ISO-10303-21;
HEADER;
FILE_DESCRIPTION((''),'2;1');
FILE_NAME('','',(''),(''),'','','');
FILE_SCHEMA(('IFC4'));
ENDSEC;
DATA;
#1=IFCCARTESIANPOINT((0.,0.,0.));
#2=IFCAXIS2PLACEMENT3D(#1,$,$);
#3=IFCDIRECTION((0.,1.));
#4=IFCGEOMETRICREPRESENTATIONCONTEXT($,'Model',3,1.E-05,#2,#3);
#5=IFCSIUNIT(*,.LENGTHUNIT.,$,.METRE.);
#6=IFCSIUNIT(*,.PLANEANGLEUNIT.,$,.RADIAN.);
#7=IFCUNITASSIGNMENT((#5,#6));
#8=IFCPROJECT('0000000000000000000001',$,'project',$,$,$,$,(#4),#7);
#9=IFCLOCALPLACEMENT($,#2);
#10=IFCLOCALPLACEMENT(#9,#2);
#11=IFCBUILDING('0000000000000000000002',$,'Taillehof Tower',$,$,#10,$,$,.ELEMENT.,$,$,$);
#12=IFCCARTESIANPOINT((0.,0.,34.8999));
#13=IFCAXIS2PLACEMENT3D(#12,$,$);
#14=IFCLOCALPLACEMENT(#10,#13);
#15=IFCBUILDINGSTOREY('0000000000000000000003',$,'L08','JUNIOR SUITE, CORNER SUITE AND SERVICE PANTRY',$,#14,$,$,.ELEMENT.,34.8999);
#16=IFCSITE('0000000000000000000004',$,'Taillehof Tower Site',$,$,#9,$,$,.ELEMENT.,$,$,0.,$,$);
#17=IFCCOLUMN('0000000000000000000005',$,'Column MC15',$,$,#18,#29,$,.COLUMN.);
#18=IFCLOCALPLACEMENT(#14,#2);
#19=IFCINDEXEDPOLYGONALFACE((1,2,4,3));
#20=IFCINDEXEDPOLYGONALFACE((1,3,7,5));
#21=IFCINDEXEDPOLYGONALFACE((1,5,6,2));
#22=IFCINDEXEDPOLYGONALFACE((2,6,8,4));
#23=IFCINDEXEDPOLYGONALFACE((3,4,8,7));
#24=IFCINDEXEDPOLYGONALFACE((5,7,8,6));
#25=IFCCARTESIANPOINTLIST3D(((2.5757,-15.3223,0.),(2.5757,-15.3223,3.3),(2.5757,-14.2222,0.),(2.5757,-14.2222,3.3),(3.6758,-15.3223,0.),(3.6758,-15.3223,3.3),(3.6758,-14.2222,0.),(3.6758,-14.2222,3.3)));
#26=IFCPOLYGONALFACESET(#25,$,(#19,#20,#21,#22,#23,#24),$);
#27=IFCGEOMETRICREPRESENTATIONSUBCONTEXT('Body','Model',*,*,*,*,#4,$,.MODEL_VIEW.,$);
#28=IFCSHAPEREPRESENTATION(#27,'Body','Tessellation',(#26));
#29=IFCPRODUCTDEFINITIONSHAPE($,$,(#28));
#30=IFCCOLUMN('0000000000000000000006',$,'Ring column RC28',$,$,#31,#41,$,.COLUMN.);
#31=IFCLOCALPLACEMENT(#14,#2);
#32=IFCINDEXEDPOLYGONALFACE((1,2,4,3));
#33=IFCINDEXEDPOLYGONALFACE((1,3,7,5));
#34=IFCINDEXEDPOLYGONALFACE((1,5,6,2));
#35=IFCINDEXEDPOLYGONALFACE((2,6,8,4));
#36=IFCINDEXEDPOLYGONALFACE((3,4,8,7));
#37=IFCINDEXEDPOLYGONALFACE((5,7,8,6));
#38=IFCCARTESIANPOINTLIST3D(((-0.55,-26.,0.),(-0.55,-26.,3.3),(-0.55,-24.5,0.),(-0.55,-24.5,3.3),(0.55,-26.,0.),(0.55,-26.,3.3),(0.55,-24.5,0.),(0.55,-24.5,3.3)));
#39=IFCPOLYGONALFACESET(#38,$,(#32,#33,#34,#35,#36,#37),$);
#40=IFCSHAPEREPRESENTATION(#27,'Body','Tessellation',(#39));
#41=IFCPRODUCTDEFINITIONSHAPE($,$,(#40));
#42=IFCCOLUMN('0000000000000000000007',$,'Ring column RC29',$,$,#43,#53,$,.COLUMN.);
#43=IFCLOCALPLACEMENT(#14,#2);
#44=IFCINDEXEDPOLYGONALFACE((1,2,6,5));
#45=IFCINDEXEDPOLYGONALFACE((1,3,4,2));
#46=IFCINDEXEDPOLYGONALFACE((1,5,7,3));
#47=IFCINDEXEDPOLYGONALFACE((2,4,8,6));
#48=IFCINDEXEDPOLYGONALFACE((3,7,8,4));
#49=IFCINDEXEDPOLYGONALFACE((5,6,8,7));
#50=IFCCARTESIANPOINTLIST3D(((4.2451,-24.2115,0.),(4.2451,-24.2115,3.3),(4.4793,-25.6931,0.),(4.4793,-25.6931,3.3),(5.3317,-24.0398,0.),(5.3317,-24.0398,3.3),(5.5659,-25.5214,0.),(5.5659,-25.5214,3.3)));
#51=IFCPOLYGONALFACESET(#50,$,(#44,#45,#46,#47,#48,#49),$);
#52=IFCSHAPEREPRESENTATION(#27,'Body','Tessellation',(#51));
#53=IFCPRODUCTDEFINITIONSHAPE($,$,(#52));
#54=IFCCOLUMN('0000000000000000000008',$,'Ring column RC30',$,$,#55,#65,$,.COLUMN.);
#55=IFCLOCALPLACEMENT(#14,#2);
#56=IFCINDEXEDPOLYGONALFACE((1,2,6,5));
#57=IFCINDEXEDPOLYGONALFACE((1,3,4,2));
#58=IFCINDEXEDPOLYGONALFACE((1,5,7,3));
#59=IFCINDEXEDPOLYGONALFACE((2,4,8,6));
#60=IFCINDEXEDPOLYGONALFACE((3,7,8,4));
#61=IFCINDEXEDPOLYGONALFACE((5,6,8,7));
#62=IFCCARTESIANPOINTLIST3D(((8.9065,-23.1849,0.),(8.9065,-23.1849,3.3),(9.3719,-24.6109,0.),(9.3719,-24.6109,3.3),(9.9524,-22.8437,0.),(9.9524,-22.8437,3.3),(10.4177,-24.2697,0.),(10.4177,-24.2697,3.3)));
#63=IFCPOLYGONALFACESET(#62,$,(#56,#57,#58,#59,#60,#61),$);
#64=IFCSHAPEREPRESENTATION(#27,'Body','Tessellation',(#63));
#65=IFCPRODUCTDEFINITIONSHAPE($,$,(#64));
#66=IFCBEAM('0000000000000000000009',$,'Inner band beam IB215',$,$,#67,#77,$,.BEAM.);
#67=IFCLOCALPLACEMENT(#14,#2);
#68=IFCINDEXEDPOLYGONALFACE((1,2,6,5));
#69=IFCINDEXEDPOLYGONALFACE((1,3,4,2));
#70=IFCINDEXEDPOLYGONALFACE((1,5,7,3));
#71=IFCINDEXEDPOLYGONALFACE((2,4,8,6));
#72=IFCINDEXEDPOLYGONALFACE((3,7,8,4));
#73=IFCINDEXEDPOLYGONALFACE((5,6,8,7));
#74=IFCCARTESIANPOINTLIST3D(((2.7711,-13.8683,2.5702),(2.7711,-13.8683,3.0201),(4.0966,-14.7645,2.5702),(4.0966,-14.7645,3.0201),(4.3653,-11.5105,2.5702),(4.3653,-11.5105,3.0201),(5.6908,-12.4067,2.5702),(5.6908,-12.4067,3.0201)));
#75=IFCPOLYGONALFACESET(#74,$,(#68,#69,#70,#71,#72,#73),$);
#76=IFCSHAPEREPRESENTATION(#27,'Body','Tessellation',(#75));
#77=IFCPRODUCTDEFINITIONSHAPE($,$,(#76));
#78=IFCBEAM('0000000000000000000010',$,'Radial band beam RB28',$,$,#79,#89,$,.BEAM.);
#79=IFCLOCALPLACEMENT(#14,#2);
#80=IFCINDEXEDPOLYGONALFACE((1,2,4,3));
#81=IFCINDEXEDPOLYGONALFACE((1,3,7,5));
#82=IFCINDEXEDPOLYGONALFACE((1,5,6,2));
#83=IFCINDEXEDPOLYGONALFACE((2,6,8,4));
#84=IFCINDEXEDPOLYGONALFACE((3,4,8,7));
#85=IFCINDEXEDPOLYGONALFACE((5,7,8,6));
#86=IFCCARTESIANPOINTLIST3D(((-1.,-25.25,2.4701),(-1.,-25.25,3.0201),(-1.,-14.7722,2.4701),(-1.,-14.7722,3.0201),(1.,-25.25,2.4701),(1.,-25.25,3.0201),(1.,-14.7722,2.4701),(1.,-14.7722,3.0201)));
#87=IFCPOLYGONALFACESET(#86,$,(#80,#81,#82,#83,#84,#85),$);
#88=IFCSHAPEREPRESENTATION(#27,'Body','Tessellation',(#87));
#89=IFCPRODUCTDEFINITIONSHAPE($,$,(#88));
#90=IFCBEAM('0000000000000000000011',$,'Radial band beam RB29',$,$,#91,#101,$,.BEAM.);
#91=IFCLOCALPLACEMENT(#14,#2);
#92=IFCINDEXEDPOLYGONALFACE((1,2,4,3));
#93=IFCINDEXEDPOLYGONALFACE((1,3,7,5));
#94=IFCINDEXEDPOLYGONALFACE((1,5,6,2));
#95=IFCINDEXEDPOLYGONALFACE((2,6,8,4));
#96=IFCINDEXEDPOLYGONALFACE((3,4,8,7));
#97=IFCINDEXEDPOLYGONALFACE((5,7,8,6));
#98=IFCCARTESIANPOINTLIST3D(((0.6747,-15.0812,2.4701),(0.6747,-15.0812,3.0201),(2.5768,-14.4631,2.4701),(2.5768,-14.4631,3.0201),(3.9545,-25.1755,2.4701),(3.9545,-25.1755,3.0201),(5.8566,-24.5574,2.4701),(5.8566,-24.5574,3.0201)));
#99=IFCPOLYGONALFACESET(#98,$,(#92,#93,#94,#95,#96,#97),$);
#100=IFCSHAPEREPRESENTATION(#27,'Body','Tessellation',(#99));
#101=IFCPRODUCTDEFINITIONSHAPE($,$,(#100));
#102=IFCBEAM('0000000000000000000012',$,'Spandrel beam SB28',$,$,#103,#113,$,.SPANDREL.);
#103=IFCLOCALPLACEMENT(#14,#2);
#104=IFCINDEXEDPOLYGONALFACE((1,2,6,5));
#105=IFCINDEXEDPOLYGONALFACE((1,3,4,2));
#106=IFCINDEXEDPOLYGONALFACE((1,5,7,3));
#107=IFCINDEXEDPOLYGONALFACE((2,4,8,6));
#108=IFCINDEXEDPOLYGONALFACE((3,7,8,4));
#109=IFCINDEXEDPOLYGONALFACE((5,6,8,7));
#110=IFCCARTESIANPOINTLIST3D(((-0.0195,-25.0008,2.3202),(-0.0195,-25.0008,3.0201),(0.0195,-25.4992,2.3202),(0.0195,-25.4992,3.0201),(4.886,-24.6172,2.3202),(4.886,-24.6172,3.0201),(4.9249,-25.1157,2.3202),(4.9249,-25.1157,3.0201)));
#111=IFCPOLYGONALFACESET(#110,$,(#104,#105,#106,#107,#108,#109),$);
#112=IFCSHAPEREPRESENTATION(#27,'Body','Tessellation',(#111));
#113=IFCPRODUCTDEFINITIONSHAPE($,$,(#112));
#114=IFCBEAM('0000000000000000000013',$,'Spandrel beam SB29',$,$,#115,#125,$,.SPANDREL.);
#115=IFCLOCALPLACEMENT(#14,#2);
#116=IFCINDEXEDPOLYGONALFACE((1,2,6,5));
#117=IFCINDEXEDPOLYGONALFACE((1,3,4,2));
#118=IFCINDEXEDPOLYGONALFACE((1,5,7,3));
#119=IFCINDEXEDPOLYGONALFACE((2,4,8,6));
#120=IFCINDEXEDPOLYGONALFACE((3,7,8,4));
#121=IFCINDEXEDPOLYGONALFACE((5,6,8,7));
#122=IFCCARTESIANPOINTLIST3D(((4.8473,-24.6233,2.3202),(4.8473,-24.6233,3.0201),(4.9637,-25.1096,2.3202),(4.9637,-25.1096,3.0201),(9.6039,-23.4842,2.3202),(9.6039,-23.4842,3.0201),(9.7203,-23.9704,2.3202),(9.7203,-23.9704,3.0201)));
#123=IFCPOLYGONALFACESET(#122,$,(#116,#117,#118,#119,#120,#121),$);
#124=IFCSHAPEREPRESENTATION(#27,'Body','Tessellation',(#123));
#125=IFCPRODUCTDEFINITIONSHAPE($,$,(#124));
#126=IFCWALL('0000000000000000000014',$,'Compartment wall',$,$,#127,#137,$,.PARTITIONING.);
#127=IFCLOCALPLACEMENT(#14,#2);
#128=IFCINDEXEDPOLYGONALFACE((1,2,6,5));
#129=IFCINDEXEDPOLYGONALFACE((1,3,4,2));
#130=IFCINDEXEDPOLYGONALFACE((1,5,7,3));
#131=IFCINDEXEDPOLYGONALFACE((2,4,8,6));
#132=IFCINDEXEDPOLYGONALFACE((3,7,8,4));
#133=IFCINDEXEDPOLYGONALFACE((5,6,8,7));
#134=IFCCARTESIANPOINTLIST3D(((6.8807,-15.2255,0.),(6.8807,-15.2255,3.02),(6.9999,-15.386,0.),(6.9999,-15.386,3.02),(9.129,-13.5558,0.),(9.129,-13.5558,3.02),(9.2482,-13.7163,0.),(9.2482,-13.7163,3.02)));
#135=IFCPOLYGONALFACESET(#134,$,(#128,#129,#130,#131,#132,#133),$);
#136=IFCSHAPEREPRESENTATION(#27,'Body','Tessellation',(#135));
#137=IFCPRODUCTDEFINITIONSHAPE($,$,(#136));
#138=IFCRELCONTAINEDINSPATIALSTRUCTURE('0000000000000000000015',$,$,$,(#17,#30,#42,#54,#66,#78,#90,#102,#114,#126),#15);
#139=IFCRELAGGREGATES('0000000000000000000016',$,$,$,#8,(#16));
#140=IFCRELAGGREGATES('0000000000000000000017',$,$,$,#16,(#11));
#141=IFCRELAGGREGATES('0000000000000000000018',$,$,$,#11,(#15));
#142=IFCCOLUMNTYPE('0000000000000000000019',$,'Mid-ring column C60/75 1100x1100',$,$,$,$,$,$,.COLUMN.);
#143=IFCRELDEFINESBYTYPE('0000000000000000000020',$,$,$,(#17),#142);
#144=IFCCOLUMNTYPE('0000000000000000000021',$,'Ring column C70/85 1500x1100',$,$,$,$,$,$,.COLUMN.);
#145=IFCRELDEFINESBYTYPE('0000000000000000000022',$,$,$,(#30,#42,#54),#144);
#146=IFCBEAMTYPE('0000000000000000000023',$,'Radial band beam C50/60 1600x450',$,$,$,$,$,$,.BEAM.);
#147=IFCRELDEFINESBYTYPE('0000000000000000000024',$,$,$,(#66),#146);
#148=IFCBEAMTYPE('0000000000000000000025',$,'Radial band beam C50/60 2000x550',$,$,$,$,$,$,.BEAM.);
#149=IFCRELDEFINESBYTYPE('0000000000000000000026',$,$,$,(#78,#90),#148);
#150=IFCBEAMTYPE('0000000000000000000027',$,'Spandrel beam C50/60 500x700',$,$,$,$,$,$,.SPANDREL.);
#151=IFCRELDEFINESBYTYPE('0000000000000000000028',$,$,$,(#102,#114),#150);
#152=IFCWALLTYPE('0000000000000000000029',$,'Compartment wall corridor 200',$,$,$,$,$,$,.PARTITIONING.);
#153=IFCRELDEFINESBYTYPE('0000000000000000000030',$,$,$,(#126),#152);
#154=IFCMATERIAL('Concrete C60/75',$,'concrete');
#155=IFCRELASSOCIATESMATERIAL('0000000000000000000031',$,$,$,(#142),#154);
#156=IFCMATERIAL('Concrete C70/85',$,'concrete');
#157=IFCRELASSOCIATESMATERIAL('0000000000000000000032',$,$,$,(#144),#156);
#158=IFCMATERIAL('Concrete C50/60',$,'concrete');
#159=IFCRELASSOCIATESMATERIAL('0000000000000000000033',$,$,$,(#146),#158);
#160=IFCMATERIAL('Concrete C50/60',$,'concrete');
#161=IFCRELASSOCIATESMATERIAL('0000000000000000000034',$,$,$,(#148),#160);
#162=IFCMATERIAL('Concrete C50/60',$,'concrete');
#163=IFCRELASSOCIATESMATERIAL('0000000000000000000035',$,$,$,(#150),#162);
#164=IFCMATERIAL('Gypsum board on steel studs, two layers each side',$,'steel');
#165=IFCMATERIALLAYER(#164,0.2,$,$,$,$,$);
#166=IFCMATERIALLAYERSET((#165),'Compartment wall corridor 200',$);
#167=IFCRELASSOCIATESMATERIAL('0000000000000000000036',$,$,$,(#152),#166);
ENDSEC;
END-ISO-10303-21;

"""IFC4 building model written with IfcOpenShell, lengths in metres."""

from ifc_helpers import new_model, si_unit, direction, frame, frame_2d, origin, origin_2d, place, context, subcontext, project, spatial, rectangle, extrude, material, layer, layer_set, material_profile, profile_set, type_object, element, save


model = new_model("IFC4")

# Units and contexts
model_context = context("Model", 3, precision=1e-05, world=origin(), true_north=direction((0.0, 1.0)))
body_context = subcontext(model_context, "Body", "Model", "MODEL_VIEW")
ifc_project = project(units=[si_unit("LENGTHUNIT", "METRE"), si_unit("PLANEANGLEUNIT", "RADIAN")], contexts=[model_context])

# Site, building, storey
site_placement = place(None, origin())
site = spatial("IfcSite", under=ifc_project, at=site_placement, Name="Taillehof Tower Site", CompositionType="ELEMENT", RefElevation=0.0)
building_placement = place(site_placement, origin())
building = spatial("IfcBuilding", under=site, at=building_placement, Name="Taillehof Tower", CompositionType="ELEMENT")
storey_placement = place(building_placement, frame((0.0, 0.0, 34.8999)))
storey = spatial("IfcBuildingStorey", under=building, at=storey_placement, Name="L08", Description="JUNIOR SUITE, CORNER SUITE AND SERVICE PANTRY", CompositionType="ELEMENT", Elevation=34.8999)

# Columns
ifc_material_1 = material(Name="Concrete C60/75", Category="concrete")
ifc_material_profile_1 = material_profile(ifc_material_1, rectangle(XDim=1.1001, YDim=1.1001, at=origin_2d()), Name="RC 1100x1100")
ifc_profile_set_1 = profile_set([ifc_material_profile_1], Name="Concrete C60/75")
column_type_1 = type_object("IfcColumnType", Name="Mid-ring column C60/75 1100x1100", PredefinedType="COLUMN", material=ifc_profile_set_1)
column_placement = place(storey_placement, frame((3.1257, -14.7722, 0.0), z_axis=(0.0, 0.0, 1.0), x_axis=(1.0, 0.0, 0.0)))
element("IfcColumn", 1, at=column_placement, inside=storey, type_object=column_type_1, Name="Column MC15", PredefinedType="COLUMN", context=body_context, shape_type="SweptSolid", body=[
    extrude(rectangle(XDim=1.1001, YDim=1.1001, at=origin_2d()), origin(), (0.0, 0.0, 1.0), 3.3),
])
ifc_material_2 = material(Name="Concrete C70/85", Category="concrete")
ifc_material_profile_2 = material_profile(ifc_material_2, rectangle(XDim=1.5, YDim=1.1001, at=origin_2d()), Name="RC 1500x1100")
ifc_profile_set_2 = profile_set([ifc_material_profile_2], Name="Concrete C70/85")
column_type_2 = type_object("IfcColumnType", Name="Ring column C70/85 1500x1100", PredefinedType="COLUMN", material=ifc_profile_set_2)
for number, where, z_axis, x_axis, name in (
    (2, (0.0, -25.25, 0.0), (0.0, 0.0, 1.0), (0.0, -1.0, 0.0), "Ring column RC28"),
    (3, (4.9055, -24.8665, 0.0), (0.0, 0.0, 1.0), (0.156147, -0.987734, 0.0), "Ring column RC29"),
    (4, (9.6621, -23.7273, 0.0), (0.0, 0.0, 1.0), (0.310219, -0.950665, 0.0), "Ring column RC30"),
):
    element("IfcColumn", number, at=place(storey_placement, frame(where, z_axis=z_axis, x_axis=x_axis)), inside=storey, type_object=column_type_2, Name=name, PredefinedType="COLUMN", context=body_context, shape_type="SweptSolid", body=[
        extrude(rectangle(XDim=1.5, YDim=1.1001, at=origin_2d()), origin(), (0.0, 0.0, 1.0), 3.3),
    ])

# Beams
ifc_material_3 = material(Name="Concrete C50/60", Category="concrete")
ifc_material_profile_3 = material_profile(ifc_material_3, rectangle(XDim=1.6001, YDim=0.45, at=origin_2d()), Name="RC 1600x450")
ifc_profile_set_3 = profile_set([ifc_material_profile_3], Name="Concrete C50/60")
beam_type_1 = type_object("IfcBeamType", Name="Radial band beam C50/60 1600x450", PredefinedType="BEAM", material=ifc_profile_set_3)
beam_1_placement = place(storey_placement, frame((3.4338, -14.3164, 2.7952), z_axis=(0.560112, 0.828417, 0.0), x_axis=(-0.828417, 0.560112, 0.0)))
element("IfcBeam", 5, at=beam_1_placement, inside=storey, type_object=beam_type_1, Name="Inner band beam IB215", PredefinedType="BEAM", context=body_context, shape_type="SweptSolid", body=[
    extrude(rectangle(XDim=1.6001, YDim=0.45, at=origin_2d()), origin(), (0.0, 0.0, 1.0), 2.8462),
])
ifc_material_4 = material(Name="Concrete C50/60", Category="concrete")
ifc_material_profile_4 = material_profile(ifc_material_4, rectangle(XDim=2.0, YDim=0.55, at=origin_2d()), Name="RC 2000x550")
ifc_profile_set_4 = profile_set([ifc_material_profile_4], Name="Concrete C50/60")
beam_type_2 = type_object("IfcBeamType", Name="Radial band beam C50/60 2000x550", PredefinedType="BEAM", material=ifc_profile_set_4)
beam_2_placement = place(storey_placement, frame((0.0, -25.25, 2.7451), z_axis=(0.0, 1.0, 0.0), x_axis=(-1.0, 0.0, 0.0)))
element("IfcBeam", 6, at=beam_2_placement, inside=storey, type_object=beam_type_2, Name="Radial band beam RB28", PredefinedType="BEAM", context=body_context, shape_type="SweptSolid", body=[
    extrude(rectangle(XDim=2.0, YDim=0.55, at=origin_2d()), origin(), (0.0, 0.0, 1.0), 10.4778),
])
beam_3_placement = place(storey_placement, frame((4.9055, -24.8665, 2.7451), z_axis=(-0.309014, 0.951057, 0.0), x_axis=(-0.951057, -0.309014, 0.0)))
element("IfcBeam", 7, at=beam_3_placement, inside=storey, type_object=beam_type_2, Name="Radial band beam RB29", PredefinedType="BEAM", context=body_context, shape_type="SweptSolid", body=[
    extrude(rectangle(XDim=2.0, YDim=0.55, at=origin_2d()), origin(), (0.0, 0.0, 1.0), 10.6138),
])
ifc_material_5 = material(Name="Concrete C50/60", Category="concrete")
ifc_material_profile_5 = material_profile(ifc_material_5, rectangle(XDim=0.5, YDim=0.7, at=origin_2d()), Name="RC 500x700")
ifc_profile_set_5 = profile_set([ifc_material_profile_5], Name="Concrete C50/60")
beam_type_3 = type_object("IfcBeamType", Name="Spandrel beam C50/60 500x700", PredefinedType="SPANDREL", material=ifc_profile_set_5)
beam_4_placement = place(storey_placement, frame((0.0, -25.25, 2.6702), z_axis=(0.996957, 0.077949, 0.0), x_axis=(-0.077949, 0.996957, 0.0)))
element("IfcBeam", 8, at=beam_4_placement, inside=storey, type_object=beam_type_3, Name="Spandrel beam SB28", PredefinedType="SPANDREL", context=body_context, shape_type="SweptSolid", body=[
    extrude(rectangle(XDim=0.5, YDim=0.7, at=origin_2d()), origin(), (0.0, 0.0, 1.0), 4.9204),
])
beam_5_placement = place(storey_placement, frame((4.9055, -24.8665, 2.6702), z_axis=(0.9725, 0.232905, 0.0), x_axis=(-0.232905, 0.9725, 0.0)))
element("IfcBeam", 9, at=beam_5_placement, inside=storey, type_object=beam_type_3, Name="Spandrel beam SB29", PredefinedType="SPANDREL", context=body_context, shape_type="SweptSolid", body=[
    extrude(rectangle(XDim=0.5, YDim=0.7, at=origin_2d()), origin(), (0.0, 0.0, 1.0), 4.8911),
])

# Wall
ifc_material_6 = material(Name="Gypsum board on steel studs, two layers each side", Category="steel")
ifc_layer_1 = layer(ifc_material_6, 0.2)
ifc_layer_set_1 = layer_set([ifc_layer_1], Name="Compartment wall corridor 200")
wall_type_1 = type_object("IfcWallType", Name="Compartment wall corridor 200", PredefinedType="PARTITIONING", material=ifc_layer_set_1)
wall_1_placement = place(storey_placement, frame((9.1887, -13.636, 0.0), z_axis=(0.0, 0.0, 1.0), x_axis=(-0.802826, -0.596213, 0.0)))
element("IfcWall", 10, at=wall_1_placement, inside=storey, type_object=wall_type_1, Name="Compartment wall", PredefinedType="PARTITIONING", context=body_context, shape_type="SweptSolid", body=[
    extrude(rectangle(XDim=2.8005, YDim=0.2, at=frame_2d((1.4004, 0.0))), origin(), (0.0, 0.0, 1.0), 3.02),
])

save(model, "model.ifc")
